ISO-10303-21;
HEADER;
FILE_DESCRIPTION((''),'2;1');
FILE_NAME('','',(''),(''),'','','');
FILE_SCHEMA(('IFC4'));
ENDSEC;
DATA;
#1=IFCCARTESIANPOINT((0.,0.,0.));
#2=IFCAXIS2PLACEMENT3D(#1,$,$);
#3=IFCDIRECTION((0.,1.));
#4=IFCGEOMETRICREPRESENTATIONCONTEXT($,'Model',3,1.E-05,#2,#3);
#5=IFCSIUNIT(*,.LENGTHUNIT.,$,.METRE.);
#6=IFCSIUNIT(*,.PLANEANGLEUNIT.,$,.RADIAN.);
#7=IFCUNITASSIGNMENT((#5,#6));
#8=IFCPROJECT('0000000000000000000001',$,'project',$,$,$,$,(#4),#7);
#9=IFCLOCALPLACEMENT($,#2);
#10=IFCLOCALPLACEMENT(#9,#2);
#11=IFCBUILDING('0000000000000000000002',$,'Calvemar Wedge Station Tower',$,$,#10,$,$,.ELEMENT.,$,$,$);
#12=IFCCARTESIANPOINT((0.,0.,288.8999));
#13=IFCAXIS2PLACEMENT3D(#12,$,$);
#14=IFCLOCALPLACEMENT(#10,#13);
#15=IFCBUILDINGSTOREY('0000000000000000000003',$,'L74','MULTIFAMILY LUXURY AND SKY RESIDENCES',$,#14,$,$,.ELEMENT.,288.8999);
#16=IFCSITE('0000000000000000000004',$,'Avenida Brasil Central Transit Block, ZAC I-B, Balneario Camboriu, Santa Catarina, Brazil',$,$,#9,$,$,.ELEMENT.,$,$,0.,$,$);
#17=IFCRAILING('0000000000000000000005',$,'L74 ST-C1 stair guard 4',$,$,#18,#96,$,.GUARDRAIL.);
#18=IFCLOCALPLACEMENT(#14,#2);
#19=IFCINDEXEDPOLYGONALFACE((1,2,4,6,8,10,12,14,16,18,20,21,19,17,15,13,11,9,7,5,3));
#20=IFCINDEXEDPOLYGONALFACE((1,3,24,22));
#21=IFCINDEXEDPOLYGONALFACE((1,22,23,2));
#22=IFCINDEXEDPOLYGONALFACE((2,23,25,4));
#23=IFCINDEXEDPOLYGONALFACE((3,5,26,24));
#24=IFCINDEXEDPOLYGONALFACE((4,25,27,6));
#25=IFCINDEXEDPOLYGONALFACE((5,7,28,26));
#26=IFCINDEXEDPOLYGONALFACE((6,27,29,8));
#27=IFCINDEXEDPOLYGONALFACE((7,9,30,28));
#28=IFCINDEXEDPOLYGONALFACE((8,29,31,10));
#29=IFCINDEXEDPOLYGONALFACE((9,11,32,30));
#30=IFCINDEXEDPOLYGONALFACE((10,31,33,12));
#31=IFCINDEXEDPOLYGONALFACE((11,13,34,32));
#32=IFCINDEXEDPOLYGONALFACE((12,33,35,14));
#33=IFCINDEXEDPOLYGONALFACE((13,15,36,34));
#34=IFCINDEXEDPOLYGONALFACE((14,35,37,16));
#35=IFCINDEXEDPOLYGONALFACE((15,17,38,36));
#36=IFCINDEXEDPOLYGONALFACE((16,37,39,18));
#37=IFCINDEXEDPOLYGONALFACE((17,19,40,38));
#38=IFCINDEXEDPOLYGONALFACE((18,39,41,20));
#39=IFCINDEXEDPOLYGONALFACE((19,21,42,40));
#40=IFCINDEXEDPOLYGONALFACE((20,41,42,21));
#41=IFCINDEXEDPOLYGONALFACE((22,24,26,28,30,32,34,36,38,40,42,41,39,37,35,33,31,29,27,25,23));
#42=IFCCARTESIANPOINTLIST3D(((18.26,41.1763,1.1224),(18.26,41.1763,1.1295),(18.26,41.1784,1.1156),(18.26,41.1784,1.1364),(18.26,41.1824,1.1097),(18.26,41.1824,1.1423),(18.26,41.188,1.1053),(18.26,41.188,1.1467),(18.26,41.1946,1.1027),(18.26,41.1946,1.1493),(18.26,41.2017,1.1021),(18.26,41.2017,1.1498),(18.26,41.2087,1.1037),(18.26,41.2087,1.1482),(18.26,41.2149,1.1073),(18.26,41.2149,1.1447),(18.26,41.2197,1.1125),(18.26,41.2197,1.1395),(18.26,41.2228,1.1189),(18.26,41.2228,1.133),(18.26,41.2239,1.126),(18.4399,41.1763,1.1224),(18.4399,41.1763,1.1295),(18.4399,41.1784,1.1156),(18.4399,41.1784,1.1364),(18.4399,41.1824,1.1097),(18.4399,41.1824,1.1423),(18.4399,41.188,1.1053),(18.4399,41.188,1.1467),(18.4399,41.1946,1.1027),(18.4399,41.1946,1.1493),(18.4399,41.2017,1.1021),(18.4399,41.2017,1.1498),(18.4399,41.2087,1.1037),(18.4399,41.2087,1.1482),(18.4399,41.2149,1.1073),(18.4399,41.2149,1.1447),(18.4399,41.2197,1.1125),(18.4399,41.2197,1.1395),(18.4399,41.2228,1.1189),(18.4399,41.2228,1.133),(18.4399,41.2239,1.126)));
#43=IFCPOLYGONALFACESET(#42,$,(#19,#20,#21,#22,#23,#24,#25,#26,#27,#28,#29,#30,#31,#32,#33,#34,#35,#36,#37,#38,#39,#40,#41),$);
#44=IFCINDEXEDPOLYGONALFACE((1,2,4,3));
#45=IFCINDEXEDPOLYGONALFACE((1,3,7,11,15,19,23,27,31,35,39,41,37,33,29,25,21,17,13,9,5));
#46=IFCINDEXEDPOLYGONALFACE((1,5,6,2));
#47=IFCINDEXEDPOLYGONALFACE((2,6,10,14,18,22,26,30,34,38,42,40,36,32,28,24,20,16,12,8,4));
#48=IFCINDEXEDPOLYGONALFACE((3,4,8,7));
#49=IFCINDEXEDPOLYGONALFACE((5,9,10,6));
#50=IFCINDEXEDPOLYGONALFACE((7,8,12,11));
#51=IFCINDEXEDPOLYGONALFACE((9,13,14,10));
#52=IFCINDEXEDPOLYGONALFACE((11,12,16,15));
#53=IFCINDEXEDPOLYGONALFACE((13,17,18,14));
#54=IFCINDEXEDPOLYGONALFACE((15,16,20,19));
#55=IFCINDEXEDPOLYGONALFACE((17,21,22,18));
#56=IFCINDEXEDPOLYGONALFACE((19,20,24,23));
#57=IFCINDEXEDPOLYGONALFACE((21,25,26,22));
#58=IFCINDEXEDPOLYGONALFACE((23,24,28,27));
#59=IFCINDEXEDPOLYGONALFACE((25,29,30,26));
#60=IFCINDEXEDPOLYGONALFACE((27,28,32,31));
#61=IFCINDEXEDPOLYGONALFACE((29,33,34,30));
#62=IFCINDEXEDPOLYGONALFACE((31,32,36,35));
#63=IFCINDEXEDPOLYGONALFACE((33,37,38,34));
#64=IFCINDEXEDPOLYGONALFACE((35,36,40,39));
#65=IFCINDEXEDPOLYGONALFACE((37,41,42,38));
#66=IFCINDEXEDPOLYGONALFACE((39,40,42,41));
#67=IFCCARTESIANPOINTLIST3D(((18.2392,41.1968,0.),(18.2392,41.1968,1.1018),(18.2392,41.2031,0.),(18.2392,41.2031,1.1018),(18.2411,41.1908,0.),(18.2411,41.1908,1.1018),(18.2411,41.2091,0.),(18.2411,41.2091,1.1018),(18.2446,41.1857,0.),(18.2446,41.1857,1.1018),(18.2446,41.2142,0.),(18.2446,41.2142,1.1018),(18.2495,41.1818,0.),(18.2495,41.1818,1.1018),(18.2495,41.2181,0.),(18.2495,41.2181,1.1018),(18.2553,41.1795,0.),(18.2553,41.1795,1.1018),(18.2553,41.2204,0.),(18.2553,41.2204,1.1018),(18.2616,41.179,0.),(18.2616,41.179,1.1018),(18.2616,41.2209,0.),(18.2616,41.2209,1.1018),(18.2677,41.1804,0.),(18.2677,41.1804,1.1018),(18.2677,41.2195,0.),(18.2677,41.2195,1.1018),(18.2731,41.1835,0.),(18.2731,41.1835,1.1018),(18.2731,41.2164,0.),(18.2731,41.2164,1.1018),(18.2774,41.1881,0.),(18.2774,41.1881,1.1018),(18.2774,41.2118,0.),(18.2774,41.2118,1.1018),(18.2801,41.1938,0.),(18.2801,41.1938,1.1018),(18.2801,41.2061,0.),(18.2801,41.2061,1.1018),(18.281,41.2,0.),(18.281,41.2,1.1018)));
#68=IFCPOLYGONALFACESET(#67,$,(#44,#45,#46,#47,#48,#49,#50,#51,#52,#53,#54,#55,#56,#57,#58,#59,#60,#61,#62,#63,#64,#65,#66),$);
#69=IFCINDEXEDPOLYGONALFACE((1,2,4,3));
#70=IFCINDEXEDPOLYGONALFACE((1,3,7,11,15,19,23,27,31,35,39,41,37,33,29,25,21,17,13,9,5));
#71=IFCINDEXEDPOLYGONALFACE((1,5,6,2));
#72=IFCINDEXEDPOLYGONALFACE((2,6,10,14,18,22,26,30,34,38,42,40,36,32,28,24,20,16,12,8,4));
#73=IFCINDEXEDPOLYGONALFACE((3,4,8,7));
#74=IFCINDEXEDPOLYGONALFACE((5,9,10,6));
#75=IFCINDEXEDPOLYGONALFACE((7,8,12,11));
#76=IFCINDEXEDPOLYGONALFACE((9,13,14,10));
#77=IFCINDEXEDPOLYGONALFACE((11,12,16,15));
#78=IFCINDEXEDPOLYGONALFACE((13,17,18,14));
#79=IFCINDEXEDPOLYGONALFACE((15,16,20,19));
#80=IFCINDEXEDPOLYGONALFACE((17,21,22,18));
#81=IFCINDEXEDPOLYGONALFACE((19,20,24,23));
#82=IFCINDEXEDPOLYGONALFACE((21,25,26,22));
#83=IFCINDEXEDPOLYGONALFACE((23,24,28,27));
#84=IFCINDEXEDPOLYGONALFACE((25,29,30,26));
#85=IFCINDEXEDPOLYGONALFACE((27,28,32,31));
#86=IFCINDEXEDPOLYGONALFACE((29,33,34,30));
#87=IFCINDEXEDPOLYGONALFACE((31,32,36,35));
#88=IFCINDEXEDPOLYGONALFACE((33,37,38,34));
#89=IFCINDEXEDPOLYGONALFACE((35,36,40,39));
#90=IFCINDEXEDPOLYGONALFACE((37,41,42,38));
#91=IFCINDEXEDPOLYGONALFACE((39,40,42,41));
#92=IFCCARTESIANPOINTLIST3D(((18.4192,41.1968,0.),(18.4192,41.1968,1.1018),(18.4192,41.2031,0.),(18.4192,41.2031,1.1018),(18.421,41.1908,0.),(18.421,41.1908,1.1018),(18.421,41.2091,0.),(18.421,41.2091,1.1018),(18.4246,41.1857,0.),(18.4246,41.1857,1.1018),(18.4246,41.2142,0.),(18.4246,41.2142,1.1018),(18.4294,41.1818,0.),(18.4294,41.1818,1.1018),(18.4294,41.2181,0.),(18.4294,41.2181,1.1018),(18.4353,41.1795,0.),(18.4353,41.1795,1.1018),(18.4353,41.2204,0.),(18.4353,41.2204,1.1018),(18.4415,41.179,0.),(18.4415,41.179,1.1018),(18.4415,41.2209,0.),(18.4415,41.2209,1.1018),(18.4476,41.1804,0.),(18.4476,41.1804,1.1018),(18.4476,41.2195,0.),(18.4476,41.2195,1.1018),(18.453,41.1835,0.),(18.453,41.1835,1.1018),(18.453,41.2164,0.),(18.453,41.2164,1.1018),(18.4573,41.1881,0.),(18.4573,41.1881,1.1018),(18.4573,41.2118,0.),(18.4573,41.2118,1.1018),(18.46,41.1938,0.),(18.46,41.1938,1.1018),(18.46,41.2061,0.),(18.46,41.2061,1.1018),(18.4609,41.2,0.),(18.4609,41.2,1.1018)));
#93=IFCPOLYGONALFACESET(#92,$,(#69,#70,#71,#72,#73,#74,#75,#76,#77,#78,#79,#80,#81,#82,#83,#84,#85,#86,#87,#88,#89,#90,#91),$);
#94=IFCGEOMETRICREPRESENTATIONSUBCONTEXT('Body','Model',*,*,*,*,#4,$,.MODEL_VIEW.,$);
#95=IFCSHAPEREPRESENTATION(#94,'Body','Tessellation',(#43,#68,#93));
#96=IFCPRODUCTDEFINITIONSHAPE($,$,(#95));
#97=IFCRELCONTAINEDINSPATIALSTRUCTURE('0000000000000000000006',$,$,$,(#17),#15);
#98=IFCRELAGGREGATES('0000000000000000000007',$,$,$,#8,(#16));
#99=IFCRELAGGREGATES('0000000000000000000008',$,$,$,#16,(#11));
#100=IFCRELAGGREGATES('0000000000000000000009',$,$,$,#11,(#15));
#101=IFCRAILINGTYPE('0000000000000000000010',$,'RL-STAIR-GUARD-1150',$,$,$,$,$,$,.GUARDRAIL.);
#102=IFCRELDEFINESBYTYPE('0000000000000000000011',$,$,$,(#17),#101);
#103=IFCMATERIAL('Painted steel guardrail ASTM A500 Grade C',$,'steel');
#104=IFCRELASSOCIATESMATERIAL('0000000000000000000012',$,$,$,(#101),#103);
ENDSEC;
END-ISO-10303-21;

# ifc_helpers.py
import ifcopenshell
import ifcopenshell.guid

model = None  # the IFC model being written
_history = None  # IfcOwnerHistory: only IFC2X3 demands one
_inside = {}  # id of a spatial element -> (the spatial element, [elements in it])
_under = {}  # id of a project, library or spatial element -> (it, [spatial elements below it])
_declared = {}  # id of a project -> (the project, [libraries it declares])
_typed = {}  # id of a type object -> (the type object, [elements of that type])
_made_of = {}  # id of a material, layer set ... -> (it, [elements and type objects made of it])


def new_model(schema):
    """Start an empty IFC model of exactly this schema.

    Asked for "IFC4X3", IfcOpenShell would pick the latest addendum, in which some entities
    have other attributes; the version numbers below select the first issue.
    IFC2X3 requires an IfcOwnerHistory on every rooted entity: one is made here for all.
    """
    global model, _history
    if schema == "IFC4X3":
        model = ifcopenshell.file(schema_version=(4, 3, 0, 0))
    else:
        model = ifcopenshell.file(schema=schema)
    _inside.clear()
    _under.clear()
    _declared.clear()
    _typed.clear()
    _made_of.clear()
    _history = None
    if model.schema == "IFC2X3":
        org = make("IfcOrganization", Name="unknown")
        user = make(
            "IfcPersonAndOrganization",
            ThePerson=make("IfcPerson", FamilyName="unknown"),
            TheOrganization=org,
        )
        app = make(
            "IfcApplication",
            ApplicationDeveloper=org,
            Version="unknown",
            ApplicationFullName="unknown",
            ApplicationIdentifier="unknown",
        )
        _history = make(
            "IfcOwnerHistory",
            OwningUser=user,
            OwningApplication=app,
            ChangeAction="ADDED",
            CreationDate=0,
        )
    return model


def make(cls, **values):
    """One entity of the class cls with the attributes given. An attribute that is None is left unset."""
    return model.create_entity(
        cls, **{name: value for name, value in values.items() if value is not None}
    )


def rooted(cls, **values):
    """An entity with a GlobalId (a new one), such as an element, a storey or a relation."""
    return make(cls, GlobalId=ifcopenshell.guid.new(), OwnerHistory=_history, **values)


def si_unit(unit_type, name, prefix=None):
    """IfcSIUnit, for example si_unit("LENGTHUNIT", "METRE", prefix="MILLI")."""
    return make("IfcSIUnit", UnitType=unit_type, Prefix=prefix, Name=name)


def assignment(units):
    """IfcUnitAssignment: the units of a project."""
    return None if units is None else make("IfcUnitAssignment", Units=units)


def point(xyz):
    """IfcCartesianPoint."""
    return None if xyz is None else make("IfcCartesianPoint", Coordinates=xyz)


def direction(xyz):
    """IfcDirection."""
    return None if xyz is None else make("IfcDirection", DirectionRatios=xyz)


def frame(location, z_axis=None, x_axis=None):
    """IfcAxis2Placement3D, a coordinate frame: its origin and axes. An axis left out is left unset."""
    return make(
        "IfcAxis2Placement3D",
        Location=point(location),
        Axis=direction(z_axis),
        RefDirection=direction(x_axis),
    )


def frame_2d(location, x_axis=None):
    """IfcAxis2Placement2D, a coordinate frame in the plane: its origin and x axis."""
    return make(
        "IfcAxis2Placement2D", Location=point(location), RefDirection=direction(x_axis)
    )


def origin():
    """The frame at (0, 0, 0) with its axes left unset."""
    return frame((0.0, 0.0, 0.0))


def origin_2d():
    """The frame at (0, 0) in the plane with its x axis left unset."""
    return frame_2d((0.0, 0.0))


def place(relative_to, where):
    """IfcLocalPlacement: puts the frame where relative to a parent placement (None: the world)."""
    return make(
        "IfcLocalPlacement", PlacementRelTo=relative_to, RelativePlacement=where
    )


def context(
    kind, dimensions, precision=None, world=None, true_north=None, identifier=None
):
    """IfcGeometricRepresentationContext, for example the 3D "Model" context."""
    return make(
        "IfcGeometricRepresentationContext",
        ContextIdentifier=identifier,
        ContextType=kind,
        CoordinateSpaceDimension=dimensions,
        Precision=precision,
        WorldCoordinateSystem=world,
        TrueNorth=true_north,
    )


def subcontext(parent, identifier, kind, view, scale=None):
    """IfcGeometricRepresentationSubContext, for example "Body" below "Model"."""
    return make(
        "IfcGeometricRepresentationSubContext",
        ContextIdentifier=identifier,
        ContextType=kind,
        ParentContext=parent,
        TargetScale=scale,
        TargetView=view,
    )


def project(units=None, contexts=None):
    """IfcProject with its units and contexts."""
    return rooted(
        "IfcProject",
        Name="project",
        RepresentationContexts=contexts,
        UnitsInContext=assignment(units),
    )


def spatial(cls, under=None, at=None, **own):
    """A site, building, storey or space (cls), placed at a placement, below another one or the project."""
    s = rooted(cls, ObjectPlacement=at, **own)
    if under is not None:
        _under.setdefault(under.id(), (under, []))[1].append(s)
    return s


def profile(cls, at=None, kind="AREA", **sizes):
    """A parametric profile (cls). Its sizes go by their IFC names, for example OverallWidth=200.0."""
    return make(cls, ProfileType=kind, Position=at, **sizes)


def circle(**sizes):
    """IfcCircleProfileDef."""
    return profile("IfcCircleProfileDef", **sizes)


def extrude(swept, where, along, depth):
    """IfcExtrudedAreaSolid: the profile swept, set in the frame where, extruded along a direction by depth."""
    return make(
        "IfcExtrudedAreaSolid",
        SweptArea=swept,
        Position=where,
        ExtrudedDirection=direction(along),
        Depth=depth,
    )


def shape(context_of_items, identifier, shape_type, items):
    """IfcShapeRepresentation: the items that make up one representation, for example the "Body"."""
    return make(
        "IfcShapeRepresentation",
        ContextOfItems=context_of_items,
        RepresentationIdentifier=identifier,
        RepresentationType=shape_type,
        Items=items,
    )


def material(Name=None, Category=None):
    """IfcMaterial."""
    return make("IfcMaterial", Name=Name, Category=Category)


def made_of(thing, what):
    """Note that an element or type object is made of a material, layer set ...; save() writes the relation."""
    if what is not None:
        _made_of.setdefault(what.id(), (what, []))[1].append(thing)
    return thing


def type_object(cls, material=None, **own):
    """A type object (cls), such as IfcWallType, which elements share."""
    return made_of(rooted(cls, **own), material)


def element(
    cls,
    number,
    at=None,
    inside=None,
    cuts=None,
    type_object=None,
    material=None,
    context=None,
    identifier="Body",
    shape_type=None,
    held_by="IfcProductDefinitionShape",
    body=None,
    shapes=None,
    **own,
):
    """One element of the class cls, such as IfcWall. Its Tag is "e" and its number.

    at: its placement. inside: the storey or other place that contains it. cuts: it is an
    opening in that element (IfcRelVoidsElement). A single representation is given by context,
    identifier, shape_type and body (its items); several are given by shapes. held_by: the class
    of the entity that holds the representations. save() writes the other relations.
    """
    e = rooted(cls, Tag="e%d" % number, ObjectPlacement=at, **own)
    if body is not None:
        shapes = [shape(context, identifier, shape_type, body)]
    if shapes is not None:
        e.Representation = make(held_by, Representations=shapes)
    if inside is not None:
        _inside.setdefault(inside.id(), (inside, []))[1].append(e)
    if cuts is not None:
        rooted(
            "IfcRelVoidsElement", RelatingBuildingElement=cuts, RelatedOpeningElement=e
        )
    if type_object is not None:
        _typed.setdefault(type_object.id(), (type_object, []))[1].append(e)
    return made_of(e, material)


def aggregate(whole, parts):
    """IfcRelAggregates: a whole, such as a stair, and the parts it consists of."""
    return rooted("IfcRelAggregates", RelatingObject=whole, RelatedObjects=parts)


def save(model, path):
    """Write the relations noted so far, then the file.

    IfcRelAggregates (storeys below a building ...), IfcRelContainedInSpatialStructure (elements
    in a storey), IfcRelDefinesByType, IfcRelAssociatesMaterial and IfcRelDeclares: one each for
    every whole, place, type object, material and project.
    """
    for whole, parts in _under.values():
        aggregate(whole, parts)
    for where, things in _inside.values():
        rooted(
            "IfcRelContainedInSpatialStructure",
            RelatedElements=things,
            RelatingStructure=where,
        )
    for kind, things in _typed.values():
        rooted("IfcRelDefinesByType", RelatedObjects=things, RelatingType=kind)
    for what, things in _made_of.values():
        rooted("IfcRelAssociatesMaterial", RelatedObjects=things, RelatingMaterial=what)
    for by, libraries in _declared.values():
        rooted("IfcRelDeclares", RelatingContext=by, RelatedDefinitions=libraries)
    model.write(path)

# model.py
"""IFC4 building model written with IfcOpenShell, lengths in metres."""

from ifc_helpers import new_model, si_unit, direction, frame, origin, origin_2d, place, context, subcontext, project, spatial, circle, extrude, material, type_object, element, save


model = new_model("IFC4")

# Units and contexts
model_context = context("Model", 3, precision=1e-05, world=origin(), true_north=direction((0.0, 1.0)))
body_context = subcontext(model_context, "Body", "Model", "MODEL_VIEW")
ifc_project = project(units=[si_unit("LENGTHUNIT", "METRE"), si_unit("PLANEANGLEUNIT", "RADIAN")], contexts=[model_context])

# Site, building, storey
site_placement = place(None, origin())
site = spatial("IfcSite", under=ifc_project, at=site_placement, Name="Avenida Brasil Central Transit Block, ZAC I-B, Balneario Camboriu, Santa Catarina, Brazil", CompositionType="ELEMENT", RefElevation=0.0)
building_placement = place(site_placement, origin())
building = spatial("IfcBuilding", under=site, at=building_placement, Name="Calvemar Wedge Station Tower", CompositionType="ELEMENT")
storey_placement = place(building_placement, frame((0.0, 0.0, 288.8999)))
storey = spatial("IfcBuildingStorey", under=building, at=storey_placement, Name="L74", Description="MULTIFAMILY LUXURY AND SKY RESIDENCES", CompositionType="ELEMENT", Elevation=288.8999)

# Railing
ifc_material_1 = material(Name="Painted steel guardrail ASTM A500 Grade C", Category="steel")
railing_type_1 = type_object("IfcRailingType", Name="RL-STAIR-GUARD-1150", PredefinedType="GUARDRAIL", material=ifc_material_1)
railing_1_placement = place(storey_placement, frame((18.26, 41.2, 0.0)))
element("IfcRailing", 1, at=railing_1_placement, inside=storey, type_object=railing_type_1, Name="L74 ST-C1 stair guard 4", PredefinedType="GUARDRAIL", context=body_context, shape_type="SweptSolid", body=[
    extrude(circle(Radius=0.0239, at=origin_2d()), frame((0.0, 0.0, 1.126), z_axis=(1.0, 0.0, 0.0), x_axis=(0.0, 1.0, 0.0)), (0.0, 0.0, 1.0), 0.1799),
    extrude(circle(Radius=0.021, at=origin_2d()), origin(), (0.0, 0.0, 1.0), 1.1018),
    extrude(circle(Radius=0.021, at=origin_2d()), frame((0.1799, 0.0, 0.0)), (0.0, 0.0, 1.0), 1.1018),
])

save(model, "model.ifc")
